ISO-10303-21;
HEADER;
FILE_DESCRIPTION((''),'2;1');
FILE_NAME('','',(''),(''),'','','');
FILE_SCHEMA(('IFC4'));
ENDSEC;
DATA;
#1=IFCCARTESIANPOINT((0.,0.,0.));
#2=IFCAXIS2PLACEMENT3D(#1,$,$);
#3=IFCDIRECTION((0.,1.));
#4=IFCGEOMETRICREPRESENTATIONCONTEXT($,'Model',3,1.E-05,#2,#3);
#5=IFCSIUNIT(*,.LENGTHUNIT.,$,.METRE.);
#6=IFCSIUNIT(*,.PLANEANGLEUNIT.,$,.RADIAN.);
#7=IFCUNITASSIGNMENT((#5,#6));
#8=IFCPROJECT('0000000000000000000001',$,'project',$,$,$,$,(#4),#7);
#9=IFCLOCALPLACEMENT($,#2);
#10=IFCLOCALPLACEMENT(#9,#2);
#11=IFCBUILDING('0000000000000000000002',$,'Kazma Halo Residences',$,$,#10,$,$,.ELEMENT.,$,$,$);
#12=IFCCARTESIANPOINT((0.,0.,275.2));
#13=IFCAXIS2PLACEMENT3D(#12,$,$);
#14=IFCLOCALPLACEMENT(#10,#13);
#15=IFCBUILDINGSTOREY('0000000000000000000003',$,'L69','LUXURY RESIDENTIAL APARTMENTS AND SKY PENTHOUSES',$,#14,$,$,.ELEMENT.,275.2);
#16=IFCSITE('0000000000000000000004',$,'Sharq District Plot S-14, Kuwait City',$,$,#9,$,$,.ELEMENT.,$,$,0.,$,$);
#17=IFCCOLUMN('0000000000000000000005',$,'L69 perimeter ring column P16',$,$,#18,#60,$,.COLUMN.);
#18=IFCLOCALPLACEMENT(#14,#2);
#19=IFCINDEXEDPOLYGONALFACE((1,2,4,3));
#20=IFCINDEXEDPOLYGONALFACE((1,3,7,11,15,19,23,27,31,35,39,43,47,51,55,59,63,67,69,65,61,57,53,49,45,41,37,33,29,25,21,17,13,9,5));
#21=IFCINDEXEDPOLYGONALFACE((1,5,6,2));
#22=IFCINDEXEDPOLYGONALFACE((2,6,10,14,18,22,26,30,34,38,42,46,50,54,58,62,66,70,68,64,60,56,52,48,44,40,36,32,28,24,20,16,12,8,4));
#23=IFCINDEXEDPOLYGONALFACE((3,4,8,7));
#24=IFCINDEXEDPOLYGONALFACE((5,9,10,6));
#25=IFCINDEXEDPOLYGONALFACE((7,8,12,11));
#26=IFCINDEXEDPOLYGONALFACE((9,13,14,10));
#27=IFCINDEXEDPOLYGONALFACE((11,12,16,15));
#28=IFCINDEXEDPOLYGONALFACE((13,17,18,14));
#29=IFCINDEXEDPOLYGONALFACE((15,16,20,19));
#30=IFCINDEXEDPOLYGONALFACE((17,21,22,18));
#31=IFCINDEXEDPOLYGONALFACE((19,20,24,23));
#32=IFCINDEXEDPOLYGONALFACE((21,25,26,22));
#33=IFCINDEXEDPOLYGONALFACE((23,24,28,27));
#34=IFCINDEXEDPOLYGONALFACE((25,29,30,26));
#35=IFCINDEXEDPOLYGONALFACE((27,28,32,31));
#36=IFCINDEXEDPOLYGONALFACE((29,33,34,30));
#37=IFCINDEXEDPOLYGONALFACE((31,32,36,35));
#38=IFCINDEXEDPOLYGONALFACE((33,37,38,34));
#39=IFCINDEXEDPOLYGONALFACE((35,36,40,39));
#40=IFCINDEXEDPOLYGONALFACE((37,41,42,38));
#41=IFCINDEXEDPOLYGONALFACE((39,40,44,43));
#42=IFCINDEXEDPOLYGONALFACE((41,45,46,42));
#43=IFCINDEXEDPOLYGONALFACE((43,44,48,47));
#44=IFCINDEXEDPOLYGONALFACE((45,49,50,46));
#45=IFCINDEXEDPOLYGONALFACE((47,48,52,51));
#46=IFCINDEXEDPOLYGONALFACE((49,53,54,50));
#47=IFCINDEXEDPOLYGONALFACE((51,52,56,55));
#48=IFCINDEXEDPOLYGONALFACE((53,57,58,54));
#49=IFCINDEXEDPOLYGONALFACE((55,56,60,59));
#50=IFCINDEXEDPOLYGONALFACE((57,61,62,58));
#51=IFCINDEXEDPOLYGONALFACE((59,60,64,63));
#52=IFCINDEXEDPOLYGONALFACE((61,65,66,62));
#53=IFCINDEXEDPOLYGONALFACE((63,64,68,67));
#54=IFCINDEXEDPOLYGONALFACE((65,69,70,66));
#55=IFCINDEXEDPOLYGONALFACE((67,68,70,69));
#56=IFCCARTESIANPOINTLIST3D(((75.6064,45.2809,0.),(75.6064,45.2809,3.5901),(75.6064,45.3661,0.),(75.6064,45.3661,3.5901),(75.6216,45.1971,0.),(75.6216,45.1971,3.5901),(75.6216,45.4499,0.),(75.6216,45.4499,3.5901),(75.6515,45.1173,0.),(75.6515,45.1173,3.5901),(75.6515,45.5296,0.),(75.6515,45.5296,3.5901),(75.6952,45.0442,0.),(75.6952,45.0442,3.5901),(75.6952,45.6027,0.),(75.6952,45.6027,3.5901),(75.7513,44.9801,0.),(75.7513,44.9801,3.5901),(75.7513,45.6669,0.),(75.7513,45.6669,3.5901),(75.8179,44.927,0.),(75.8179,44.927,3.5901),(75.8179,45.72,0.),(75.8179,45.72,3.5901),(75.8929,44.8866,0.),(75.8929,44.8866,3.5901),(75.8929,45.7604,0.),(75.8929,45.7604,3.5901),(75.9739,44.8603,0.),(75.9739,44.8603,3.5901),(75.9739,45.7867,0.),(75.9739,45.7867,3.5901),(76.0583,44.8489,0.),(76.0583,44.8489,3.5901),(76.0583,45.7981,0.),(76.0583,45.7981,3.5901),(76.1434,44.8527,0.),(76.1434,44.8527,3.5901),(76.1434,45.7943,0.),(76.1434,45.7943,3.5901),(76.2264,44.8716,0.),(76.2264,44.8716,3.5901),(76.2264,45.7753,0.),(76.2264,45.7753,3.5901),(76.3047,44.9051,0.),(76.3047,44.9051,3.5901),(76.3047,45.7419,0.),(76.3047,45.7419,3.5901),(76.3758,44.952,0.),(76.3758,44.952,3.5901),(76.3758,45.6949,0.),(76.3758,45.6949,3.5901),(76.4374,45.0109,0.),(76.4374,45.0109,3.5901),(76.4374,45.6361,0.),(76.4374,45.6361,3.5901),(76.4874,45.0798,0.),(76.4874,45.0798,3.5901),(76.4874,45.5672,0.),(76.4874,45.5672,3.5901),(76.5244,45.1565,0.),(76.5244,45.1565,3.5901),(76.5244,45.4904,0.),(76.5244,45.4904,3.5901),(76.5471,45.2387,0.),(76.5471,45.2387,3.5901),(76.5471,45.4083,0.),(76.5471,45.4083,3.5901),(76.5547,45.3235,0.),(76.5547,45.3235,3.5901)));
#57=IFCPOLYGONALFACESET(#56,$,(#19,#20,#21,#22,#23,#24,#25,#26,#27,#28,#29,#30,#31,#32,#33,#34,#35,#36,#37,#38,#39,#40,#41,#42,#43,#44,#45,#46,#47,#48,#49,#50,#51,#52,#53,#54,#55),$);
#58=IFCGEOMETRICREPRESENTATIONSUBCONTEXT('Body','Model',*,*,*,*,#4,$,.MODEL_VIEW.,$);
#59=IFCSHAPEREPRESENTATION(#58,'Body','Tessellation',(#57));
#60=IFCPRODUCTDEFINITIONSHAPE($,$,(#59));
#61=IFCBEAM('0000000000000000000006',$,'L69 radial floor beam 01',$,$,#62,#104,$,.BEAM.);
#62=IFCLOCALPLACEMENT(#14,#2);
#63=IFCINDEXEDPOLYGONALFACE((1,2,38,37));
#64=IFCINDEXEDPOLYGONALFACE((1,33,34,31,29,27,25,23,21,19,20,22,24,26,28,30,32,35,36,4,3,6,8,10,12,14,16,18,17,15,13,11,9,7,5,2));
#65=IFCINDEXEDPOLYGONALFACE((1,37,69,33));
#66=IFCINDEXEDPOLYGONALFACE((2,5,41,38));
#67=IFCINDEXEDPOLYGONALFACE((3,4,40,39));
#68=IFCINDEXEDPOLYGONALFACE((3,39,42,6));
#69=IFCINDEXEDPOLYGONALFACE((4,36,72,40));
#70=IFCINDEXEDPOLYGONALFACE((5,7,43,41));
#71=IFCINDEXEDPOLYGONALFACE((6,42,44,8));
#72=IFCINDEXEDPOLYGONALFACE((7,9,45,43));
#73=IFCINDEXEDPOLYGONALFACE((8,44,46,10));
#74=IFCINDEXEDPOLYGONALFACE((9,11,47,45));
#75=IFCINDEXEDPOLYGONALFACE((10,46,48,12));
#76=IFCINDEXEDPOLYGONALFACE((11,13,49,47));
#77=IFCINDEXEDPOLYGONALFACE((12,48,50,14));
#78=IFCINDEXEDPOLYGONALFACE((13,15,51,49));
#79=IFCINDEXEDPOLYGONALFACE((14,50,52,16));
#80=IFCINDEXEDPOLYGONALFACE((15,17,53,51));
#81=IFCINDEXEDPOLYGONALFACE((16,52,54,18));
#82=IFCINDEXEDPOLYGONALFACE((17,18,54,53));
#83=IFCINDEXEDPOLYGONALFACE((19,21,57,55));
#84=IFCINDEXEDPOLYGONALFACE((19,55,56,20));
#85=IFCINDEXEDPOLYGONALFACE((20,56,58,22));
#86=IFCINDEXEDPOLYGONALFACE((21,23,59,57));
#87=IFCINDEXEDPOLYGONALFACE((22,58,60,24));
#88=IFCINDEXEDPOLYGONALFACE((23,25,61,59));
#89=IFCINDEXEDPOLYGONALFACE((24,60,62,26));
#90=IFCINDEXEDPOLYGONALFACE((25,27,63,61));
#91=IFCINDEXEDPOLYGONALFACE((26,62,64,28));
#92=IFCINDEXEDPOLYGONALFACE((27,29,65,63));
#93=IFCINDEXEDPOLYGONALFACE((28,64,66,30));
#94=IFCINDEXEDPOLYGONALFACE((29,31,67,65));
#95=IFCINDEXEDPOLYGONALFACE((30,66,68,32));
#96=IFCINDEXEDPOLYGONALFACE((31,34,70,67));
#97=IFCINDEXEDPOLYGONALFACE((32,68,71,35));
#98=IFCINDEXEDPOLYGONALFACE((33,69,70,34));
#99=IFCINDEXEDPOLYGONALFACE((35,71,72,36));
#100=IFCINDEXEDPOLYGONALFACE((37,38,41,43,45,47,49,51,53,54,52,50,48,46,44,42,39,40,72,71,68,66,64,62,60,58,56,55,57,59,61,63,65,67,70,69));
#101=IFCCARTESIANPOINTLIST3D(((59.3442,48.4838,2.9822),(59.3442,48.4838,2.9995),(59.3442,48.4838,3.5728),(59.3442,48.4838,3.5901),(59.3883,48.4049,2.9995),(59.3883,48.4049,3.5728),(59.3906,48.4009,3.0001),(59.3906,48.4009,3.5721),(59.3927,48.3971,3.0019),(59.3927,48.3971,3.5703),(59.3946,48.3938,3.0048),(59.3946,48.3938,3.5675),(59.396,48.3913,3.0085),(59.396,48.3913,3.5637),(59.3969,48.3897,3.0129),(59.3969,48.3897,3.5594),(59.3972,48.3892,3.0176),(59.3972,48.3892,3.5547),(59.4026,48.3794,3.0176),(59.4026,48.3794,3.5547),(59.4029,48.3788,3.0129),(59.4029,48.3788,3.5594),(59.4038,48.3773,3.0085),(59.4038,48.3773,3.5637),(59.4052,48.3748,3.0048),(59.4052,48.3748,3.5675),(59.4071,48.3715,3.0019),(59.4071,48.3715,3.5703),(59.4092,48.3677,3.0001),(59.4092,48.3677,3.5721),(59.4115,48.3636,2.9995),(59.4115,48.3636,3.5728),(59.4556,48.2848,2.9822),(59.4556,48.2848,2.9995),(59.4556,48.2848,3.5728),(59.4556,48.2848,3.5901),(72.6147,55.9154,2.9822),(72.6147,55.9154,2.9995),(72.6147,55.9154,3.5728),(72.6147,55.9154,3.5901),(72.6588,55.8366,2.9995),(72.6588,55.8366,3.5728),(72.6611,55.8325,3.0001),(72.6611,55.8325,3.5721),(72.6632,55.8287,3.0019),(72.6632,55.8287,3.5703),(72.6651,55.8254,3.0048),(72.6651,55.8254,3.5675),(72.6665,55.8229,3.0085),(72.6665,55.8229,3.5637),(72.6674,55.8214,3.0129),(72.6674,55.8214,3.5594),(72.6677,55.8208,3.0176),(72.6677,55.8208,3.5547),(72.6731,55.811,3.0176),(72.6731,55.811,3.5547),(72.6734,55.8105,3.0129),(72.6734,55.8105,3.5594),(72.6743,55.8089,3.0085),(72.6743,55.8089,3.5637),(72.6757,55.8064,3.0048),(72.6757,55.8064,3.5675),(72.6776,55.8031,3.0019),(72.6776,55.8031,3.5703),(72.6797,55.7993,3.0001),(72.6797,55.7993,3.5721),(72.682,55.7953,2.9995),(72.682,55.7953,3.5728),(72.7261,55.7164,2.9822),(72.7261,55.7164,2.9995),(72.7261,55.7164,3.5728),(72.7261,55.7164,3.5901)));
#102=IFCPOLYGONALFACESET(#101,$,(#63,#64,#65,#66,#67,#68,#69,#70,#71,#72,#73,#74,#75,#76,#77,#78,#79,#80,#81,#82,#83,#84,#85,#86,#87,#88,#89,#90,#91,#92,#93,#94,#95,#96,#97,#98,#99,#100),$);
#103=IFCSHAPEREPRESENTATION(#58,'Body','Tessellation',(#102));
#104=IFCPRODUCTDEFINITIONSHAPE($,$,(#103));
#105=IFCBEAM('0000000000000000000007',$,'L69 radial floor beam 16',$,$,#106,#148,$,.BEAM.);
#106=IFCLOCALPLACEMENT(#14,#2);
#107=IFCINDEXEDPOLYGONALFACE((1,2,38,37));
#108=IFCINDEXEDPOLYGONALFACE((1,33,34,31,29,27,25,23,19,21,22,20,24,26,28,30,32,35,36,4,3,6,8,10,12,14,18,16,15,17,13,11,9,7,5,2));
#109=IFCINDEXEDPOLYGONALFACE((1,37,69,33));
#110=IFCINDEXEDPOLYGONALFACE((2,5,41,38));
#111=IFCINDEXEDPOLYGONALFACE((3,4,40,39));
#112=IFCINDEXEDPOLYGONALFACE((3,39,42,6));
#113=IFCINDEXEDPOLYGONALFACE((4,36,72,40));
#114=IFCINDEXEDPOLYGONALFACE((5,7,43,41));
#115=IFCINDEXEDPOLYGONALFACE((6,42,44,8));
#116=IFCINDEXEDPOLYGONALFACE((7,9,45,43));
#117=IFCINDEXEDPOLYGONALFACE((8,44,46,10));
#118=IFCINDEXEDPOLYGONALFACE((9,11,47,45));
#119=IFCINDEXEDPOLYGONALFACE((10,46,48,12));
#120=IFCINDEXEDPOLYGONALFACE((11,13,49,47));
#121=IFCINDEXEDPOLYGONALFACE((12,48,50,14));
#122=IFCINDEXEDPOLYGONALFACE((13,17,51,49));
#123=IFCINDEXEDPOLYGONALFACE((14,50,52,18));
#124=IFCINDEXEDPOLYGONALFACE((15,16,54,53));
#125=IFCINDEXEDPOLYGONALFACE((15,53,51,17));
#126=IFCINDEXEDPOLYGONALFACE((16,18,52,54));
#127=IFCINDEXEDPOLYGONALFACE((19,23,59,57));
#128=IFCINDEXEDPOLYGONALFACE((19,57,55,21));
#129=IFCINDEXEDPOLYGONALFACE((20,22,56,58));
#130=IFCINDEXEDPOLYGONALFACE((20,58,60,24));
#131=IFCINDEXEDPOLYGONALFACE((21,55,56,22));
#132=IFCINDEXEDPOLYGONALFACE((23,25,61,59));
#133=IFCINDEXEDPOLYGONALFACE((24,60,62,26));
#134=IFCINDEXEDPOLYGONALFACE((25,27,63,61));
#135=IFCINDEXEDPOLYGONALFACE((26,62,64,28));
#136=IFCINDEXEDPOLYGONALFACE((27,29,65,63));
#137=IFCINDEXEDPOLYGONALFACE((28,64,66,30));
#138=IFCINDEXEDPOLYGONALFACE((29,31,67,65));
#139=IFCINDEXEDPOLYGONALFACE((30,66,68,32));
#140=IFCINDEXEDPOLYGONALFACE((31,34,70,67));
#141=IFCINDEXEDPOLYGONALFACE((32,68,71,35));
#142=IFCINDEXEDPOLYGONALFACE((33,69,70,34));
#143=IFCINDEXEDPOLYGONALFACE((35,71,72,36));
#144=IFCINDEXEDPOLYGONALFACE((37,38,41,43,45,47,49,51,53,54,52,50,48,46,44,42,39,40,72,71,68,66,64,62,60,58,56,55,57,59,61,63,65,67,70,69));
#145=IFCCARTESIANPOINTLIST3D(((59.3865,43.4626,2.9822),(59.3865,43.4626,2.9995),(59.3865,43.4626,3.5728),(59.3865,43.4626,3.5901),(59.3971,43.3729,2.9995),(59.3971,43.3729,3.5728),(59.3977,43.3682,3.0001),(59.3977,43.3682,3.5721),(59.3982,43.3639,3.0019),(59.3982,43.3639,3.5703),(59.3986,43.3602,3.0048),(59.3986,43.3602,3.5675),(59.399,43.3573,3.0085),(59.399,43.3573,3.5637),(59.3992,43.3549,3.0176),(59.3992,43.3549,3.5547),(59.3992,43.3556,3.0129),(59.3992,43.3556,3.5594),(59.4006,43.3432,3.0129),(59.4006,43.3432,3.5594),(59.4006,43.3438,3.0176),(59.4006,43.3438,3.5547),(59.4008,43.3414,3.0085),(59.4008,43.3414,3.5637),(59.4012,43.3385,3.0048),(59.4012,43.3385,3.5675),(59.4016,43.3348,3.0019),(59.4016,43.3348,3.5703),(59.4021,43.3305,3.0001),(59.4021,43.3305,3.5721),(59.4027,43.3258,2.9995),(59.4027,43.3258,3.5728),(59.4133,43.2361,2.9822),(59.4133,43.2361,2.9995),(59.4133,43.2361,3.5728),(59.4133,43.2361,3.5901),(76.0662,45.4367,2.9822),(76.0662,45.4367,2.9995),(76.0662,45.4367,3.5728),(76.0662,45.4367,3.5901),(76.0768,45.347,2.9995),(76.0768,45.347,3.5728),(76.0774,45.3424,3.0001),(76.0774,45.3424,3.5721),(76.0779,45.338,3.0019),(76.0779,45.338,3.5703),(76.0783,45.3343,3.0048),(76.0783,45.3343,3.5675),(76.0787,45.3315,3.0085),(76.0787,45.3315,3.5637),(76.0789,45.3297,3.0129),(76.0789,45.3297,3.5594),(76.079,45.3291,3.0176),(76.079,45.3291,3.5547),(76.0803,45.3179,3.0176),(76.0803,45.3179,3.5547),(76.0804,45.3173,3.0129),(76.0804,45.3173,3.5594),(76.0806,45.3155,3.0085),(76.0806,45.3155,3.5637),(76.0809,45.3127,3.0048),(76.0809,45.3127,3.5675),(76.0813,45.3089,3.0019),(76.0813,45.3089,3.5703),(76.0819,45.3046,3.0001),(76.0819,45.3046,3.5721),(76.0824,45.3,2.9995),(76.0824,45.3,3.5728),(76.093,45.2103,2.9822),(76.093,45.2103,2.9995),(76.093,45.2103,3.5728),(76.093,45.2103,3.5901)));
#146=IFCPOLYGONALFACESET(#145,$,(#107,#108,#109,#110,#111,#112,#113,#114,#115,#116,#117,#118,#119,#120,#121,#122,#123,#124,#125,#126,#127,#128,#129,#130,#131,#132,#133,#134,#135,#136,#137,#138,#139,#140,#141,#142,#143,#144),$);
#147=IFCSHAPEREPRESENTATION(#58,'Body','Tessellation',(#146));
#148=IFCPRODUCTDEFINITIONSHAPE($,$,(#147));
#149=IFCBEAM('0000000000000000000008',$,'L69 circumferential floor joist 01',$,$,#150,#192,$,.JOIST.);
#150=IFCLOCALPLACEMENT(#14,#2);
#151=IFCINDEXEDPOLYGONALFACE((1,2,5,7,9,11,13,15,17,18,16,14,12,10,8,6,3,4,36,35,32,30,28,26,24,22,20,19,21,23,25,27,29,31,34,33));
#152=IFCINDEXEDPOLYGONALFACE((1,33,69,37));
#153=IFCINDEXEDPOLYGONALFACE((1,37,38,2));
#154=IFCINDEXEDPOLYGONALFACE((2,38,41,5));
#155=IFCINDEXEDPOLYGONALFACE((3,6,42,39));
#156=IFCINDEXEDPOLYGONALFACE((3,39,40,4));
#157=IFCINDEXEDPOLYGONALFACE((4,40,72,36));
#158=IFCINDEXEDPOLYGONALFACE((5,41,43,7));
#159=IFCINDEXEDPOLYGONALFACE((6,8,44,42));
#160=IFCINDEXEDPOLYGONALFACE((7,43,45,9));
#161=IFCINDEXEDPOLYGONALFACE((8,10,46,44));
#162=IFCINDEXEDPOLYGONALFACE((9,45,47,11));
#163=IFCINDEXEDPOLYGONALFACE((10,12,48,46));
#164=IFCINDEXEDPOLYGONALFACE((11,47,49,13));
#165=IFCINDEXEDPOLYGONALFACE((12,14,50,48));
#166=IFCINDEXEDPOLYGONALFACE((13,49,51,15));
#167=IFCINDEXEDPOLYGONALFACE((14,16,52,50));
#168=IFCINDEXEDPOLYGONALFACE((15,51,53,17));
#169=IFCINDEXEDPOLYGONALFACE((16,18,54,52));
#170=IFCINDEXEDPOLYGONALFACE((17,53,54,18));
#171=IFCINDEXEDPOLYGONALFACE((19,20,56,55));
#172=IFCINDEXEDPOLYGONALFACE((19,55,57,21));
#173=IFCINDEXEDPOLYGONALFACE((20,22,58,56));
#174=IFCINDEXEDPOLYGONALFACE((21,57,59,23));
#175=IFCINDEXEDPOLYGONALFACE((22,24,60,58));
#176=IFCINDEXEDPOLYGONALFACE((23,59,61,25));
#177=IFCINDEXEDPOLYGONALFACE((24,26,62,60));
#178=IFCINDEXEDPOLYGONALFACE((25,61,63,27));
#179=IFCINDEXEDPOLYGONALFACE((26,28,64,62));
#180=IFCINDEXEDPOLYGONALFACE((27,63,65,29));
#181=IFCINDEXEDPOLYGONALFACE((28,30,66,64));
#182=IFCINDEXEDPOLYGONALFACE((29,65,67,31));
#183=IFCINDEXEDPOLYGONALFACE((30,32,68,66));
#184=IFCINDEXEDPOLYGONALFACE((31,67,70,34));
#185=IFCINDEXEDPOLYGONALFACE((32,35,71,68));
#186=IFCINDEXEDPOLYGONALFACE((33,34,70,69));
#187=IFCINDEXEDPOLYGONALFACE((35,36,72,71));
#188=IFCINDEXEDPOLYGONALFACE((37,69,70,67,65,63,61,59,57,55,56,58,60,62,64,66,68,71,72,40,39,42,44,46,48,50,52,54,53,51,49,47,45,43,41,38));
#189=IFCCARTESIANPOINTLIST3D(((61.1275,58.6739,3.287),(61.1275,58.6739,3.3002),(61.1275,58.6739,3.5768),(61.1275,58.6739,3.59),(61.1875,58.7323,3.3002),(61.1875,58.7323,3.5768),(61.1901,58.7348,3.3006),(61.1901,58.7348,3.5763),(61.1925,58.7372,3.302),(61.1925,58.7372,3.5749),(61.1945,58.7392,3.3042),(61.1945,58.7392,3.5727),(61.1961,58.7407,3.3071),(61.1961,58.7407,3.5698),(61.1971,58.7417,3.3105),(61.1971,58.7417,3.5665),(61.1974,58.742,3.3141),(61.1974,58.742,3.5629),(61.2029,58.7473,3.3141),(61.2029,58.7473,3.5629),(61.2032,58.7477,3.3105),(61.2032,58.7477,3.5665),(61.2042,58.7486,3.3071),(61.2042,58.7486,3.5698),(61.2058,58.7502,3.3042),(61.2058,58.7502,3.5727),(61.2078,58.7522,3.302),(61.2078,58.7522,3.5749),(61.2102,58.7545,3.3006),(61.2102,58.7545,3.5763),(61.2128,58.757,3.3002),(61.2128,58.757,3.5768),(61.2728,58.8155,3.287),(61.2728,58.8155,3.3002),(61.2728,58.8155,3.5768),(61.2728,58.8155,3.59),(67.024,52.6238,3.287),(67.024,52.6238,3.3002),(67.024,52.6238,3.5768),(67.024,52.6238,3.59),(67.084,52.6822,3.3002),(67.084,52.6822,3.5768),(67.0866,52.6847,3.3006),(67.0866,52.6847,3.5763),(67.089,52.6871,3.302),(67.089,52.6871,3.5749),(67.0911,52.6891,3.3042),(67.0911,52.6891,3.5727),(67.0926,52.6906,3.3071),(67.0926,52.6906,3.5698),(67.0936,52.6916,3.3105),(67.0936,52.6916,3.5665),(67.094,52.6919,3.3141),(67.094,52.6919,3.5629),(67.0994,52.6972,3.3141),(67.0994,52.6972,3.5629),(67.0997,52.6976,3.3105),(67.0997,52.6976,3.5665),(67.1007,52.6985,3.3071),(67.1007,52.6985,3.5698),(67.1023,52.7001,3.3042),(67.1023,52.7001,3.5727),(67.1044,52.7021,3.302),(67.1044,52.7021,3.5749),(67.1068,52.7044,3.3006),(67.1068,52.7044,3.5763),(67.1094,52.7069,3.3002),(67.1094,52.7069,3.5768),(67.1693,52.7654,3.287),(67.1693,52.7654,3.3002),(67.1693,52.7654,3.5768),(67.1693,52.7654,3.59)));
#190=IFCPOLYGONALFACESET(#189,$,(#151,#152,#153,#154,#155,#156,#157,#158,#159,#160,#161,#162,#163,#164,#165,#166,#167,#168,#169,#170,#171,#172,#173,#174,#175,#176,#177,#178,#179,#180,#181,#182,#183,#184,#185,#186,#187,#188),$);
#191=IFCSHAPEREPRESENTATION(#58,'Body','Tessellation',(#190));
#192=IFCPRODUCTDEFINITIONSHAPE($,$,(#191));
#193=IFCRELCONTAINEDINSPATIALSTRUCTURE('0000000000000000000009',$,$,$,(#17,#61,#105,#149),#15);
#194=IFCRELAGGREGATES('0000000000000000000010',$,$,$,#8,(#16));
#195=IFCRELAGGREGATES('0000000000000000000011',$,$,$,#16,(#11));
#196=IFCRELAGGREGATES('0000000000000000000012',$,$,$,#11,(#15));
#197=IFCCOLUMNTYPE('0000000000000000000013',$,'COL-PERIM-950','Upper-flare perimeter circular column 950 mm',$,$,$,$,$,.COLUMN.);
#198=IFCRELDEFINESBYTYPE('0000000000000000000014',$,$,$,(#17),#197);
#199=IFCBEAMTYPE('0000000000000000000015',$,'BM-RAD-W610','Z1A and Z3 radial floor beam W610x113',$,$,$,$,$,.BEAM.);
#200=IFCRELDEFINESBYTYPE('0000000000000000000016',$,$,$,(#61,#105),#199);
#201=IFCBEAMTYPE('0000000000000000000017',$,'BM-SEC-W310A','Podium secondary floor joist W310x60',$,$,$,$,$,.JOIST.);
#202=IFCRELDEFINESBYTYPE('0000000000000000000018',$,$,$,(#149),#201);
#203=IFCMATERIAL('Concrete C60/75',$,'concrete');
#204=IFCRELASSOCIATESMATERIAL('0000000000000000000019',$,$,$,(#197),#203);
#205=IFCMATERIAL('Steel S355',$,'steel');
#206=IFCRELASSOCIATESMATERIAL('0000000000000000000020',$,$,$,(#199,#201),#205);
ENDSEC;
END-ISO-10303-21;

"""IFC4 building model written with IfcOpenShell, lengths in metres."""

from ifc_helpers import new_model, si_unit, direction, frame, origin, origin_2d, place, context, subcontext, project, spatial, circle, i_section, extrude, material, material_profile, profile_set, type_object, element, save


model = new_model("IFC4")

# Units and contexts
model_context = context("Model", 3, precision=1e-05, world=origin(), true_north=direction((0.0, 1.0)))
body_context = subcontext(model_context, "Body", "Model", "MODEL_VIEW")
ifc_project = project(units=[si_unit("LENGTHUNIT", "METRE"), si_unit("PLANEANGLEUNIT", "RADIAN")], contexts=[model_context])

# Site, building, storey
site_placement = place(None, origin())
site = spatial("IfcSite", under=ifc_project, at=site_placement, Name="Sharq District Plot S-14, Kuwait City", CompositionType="ELEMENT", RefElevation=0.0)
building_placement = place(site_placement, origin())
building = spatial("IfcBuilding", under=site, at=building_placement, Name="Kazma Halo Residences", CompositionType="ELEMENT")
storey_placement = place(building_placement, frame((0.0, 0.0, 275.2)))
storey = spatial("IfcBuildingStorey", under=building, at=storey_placement, Name="L69", Description="LUXURY RESIDENTIAL APARTMENTS AND SKY PENTHOUSES", CompositionType="ELEMENT", Elevation=275.2)

# Column
ifc_material_1 = material(Name="Concrete C60/75", Category="concrete")
ifc_material_profile_1 = material_profile(ifc_material_1, circle(Radius=0.4751, at=origin_2d()), Name="CIRC950")
ifc_profile_set_1 = profile_set([ifc_material_profile_1], Name="Concrete C60/75")
column_type = type_object("IfcColumnType", Name="COL-PERIM-950", Description="Upper-flare perimeter circular column 950 mm", PredefinedType="COLUMN", material=ifc_profile_set_1)
column_placement = place(storey_placement, frame((76.0796, 45.3235, 0.0), z_axis=(0.0, 0.0, 1.0), x_axis=(1.0, 0.0, 0.0)))
element("IfcColumn", 1, at=column_placement, inside=storey, type_object=column_type, Name="L69 perimeter ring column P16", PredefinedType="COLUMN", context=body_context, shape_type="SweptSolid", body=[
    extrude(circle(Radius=0.4751, at=origin_2d()), origin(), (0.0, 0.0, 1.0), 3.5901),
])

# Beams
ifc_material_2 = material(Name="Steel S355", Category="steel")
ifc_material_profile_2 = material_profile(ifc_material_2, i_section(OverallWidth=0.228, OverallDepth=0.6079, WebThickness=0.0112, FlangeThickness=0.0173, FilletRadius=0.0181, at=origin_2d()), Name="W610x113")
ifc_profile_set_2 = profile_set([ifc_material_profile_2], Name="Steel S355")
beam_type_1 = type_object("IfcBeamType", Name="BM-RAD-W610", Description="Z1A and Z3 radial floor beam W610x113", PredefinedType="BEAM", material=ifc_profile_set_2)
beam_1_placement = place(storey_placement, frame((59.3999, 48.3843, 3.2861), z_axis=(0.872502, 0.488611, 0.0), x_axis=(-0.488611, 0.872502, 0.0)))
element("IfcBeam", 2, at=beam_1_placement, inside=storey, type_object=beam_type_1, Name="L69 radial floor beam 01", PredefinedType="BEAM", context=body_context, shape_type="SweptSolid", body=[
    extrude(i_section(OverallWidth=0.228, OverallDepth=0.6079, WebThickness=0.0112, FlangeThickness=0.0173, FilletRadius=0.0181, at=origin_2d()), origin(), (0.0, 0.0, 1.0), 15.2097),
])
beam_2_placement = place(storey_placement, frame((59.3999, 43.3494, 3.2861), z_axis=(0.993069, 0.117534, 0.0), x_axis=(-0.117534, 0.993069, 0.0)))
element("IfcBeam", 3, at=beam_2_placement, inside=storey, type_object=beam_type_1, Name="L69 radial floor beam 16", PredefinedType="BEAM", context=body_context, shape_type="SweptSolid", body=[
    extrude(i_section(OverallWidth=0.228, OverallDepth=0.6079, WebThickness=0.0112, FlangeThickness=0.0173, FilletRadius=0.0181, at=origin_2d()), origin(), (0.0, 0.0, 1.0), 16.7961),
])
ifc_material_profile_3 = material_profile(ifc_material_2, i_section(OverallWidth=0.2029, OverallDepth=0.303, WebThickness=0.0076, FlangeThickness=0.0132, FilletRadius=0.0139, at=origin_2d()), Name="W310x60")
ifc_profile_set_3 = profile_set([ifc_material_profile_3], Name="Steel S355")
beam_type_2 = type_object("IfcBeamType", Name="BM-SEC-W310A", Description="Podium secondary floor joist W310x60", PredefinedType="JOIST", material=ifc_profile_set_3)
beam_3_placement = place(storey_placement, frame((67.0967, 52.6946, 3.4385), z_axis=(-0.69796, 0.716137, 0.0), x_axis=(-0.716137, -0.69796, 0.0)))
element("IfcBeam", 4, at=beam_3_placement, inside=storey, type_object=beam_type_2, Name="L69 circumferential floor joist 01", PredefinedType="JOIST", context=body_context, shape_type="SweptSolid", body=[
    extrude(i_section(OverallWidth=0.2029, OverallDepth=0.303, WebThickness=0.0076, FlangeThickness=0.0132, FilletRadius=0.0139, at=origin_2d()), origin(), (0.0, 0.0, 1.0), 8.4482),
])

save(model, "model.ifc")
